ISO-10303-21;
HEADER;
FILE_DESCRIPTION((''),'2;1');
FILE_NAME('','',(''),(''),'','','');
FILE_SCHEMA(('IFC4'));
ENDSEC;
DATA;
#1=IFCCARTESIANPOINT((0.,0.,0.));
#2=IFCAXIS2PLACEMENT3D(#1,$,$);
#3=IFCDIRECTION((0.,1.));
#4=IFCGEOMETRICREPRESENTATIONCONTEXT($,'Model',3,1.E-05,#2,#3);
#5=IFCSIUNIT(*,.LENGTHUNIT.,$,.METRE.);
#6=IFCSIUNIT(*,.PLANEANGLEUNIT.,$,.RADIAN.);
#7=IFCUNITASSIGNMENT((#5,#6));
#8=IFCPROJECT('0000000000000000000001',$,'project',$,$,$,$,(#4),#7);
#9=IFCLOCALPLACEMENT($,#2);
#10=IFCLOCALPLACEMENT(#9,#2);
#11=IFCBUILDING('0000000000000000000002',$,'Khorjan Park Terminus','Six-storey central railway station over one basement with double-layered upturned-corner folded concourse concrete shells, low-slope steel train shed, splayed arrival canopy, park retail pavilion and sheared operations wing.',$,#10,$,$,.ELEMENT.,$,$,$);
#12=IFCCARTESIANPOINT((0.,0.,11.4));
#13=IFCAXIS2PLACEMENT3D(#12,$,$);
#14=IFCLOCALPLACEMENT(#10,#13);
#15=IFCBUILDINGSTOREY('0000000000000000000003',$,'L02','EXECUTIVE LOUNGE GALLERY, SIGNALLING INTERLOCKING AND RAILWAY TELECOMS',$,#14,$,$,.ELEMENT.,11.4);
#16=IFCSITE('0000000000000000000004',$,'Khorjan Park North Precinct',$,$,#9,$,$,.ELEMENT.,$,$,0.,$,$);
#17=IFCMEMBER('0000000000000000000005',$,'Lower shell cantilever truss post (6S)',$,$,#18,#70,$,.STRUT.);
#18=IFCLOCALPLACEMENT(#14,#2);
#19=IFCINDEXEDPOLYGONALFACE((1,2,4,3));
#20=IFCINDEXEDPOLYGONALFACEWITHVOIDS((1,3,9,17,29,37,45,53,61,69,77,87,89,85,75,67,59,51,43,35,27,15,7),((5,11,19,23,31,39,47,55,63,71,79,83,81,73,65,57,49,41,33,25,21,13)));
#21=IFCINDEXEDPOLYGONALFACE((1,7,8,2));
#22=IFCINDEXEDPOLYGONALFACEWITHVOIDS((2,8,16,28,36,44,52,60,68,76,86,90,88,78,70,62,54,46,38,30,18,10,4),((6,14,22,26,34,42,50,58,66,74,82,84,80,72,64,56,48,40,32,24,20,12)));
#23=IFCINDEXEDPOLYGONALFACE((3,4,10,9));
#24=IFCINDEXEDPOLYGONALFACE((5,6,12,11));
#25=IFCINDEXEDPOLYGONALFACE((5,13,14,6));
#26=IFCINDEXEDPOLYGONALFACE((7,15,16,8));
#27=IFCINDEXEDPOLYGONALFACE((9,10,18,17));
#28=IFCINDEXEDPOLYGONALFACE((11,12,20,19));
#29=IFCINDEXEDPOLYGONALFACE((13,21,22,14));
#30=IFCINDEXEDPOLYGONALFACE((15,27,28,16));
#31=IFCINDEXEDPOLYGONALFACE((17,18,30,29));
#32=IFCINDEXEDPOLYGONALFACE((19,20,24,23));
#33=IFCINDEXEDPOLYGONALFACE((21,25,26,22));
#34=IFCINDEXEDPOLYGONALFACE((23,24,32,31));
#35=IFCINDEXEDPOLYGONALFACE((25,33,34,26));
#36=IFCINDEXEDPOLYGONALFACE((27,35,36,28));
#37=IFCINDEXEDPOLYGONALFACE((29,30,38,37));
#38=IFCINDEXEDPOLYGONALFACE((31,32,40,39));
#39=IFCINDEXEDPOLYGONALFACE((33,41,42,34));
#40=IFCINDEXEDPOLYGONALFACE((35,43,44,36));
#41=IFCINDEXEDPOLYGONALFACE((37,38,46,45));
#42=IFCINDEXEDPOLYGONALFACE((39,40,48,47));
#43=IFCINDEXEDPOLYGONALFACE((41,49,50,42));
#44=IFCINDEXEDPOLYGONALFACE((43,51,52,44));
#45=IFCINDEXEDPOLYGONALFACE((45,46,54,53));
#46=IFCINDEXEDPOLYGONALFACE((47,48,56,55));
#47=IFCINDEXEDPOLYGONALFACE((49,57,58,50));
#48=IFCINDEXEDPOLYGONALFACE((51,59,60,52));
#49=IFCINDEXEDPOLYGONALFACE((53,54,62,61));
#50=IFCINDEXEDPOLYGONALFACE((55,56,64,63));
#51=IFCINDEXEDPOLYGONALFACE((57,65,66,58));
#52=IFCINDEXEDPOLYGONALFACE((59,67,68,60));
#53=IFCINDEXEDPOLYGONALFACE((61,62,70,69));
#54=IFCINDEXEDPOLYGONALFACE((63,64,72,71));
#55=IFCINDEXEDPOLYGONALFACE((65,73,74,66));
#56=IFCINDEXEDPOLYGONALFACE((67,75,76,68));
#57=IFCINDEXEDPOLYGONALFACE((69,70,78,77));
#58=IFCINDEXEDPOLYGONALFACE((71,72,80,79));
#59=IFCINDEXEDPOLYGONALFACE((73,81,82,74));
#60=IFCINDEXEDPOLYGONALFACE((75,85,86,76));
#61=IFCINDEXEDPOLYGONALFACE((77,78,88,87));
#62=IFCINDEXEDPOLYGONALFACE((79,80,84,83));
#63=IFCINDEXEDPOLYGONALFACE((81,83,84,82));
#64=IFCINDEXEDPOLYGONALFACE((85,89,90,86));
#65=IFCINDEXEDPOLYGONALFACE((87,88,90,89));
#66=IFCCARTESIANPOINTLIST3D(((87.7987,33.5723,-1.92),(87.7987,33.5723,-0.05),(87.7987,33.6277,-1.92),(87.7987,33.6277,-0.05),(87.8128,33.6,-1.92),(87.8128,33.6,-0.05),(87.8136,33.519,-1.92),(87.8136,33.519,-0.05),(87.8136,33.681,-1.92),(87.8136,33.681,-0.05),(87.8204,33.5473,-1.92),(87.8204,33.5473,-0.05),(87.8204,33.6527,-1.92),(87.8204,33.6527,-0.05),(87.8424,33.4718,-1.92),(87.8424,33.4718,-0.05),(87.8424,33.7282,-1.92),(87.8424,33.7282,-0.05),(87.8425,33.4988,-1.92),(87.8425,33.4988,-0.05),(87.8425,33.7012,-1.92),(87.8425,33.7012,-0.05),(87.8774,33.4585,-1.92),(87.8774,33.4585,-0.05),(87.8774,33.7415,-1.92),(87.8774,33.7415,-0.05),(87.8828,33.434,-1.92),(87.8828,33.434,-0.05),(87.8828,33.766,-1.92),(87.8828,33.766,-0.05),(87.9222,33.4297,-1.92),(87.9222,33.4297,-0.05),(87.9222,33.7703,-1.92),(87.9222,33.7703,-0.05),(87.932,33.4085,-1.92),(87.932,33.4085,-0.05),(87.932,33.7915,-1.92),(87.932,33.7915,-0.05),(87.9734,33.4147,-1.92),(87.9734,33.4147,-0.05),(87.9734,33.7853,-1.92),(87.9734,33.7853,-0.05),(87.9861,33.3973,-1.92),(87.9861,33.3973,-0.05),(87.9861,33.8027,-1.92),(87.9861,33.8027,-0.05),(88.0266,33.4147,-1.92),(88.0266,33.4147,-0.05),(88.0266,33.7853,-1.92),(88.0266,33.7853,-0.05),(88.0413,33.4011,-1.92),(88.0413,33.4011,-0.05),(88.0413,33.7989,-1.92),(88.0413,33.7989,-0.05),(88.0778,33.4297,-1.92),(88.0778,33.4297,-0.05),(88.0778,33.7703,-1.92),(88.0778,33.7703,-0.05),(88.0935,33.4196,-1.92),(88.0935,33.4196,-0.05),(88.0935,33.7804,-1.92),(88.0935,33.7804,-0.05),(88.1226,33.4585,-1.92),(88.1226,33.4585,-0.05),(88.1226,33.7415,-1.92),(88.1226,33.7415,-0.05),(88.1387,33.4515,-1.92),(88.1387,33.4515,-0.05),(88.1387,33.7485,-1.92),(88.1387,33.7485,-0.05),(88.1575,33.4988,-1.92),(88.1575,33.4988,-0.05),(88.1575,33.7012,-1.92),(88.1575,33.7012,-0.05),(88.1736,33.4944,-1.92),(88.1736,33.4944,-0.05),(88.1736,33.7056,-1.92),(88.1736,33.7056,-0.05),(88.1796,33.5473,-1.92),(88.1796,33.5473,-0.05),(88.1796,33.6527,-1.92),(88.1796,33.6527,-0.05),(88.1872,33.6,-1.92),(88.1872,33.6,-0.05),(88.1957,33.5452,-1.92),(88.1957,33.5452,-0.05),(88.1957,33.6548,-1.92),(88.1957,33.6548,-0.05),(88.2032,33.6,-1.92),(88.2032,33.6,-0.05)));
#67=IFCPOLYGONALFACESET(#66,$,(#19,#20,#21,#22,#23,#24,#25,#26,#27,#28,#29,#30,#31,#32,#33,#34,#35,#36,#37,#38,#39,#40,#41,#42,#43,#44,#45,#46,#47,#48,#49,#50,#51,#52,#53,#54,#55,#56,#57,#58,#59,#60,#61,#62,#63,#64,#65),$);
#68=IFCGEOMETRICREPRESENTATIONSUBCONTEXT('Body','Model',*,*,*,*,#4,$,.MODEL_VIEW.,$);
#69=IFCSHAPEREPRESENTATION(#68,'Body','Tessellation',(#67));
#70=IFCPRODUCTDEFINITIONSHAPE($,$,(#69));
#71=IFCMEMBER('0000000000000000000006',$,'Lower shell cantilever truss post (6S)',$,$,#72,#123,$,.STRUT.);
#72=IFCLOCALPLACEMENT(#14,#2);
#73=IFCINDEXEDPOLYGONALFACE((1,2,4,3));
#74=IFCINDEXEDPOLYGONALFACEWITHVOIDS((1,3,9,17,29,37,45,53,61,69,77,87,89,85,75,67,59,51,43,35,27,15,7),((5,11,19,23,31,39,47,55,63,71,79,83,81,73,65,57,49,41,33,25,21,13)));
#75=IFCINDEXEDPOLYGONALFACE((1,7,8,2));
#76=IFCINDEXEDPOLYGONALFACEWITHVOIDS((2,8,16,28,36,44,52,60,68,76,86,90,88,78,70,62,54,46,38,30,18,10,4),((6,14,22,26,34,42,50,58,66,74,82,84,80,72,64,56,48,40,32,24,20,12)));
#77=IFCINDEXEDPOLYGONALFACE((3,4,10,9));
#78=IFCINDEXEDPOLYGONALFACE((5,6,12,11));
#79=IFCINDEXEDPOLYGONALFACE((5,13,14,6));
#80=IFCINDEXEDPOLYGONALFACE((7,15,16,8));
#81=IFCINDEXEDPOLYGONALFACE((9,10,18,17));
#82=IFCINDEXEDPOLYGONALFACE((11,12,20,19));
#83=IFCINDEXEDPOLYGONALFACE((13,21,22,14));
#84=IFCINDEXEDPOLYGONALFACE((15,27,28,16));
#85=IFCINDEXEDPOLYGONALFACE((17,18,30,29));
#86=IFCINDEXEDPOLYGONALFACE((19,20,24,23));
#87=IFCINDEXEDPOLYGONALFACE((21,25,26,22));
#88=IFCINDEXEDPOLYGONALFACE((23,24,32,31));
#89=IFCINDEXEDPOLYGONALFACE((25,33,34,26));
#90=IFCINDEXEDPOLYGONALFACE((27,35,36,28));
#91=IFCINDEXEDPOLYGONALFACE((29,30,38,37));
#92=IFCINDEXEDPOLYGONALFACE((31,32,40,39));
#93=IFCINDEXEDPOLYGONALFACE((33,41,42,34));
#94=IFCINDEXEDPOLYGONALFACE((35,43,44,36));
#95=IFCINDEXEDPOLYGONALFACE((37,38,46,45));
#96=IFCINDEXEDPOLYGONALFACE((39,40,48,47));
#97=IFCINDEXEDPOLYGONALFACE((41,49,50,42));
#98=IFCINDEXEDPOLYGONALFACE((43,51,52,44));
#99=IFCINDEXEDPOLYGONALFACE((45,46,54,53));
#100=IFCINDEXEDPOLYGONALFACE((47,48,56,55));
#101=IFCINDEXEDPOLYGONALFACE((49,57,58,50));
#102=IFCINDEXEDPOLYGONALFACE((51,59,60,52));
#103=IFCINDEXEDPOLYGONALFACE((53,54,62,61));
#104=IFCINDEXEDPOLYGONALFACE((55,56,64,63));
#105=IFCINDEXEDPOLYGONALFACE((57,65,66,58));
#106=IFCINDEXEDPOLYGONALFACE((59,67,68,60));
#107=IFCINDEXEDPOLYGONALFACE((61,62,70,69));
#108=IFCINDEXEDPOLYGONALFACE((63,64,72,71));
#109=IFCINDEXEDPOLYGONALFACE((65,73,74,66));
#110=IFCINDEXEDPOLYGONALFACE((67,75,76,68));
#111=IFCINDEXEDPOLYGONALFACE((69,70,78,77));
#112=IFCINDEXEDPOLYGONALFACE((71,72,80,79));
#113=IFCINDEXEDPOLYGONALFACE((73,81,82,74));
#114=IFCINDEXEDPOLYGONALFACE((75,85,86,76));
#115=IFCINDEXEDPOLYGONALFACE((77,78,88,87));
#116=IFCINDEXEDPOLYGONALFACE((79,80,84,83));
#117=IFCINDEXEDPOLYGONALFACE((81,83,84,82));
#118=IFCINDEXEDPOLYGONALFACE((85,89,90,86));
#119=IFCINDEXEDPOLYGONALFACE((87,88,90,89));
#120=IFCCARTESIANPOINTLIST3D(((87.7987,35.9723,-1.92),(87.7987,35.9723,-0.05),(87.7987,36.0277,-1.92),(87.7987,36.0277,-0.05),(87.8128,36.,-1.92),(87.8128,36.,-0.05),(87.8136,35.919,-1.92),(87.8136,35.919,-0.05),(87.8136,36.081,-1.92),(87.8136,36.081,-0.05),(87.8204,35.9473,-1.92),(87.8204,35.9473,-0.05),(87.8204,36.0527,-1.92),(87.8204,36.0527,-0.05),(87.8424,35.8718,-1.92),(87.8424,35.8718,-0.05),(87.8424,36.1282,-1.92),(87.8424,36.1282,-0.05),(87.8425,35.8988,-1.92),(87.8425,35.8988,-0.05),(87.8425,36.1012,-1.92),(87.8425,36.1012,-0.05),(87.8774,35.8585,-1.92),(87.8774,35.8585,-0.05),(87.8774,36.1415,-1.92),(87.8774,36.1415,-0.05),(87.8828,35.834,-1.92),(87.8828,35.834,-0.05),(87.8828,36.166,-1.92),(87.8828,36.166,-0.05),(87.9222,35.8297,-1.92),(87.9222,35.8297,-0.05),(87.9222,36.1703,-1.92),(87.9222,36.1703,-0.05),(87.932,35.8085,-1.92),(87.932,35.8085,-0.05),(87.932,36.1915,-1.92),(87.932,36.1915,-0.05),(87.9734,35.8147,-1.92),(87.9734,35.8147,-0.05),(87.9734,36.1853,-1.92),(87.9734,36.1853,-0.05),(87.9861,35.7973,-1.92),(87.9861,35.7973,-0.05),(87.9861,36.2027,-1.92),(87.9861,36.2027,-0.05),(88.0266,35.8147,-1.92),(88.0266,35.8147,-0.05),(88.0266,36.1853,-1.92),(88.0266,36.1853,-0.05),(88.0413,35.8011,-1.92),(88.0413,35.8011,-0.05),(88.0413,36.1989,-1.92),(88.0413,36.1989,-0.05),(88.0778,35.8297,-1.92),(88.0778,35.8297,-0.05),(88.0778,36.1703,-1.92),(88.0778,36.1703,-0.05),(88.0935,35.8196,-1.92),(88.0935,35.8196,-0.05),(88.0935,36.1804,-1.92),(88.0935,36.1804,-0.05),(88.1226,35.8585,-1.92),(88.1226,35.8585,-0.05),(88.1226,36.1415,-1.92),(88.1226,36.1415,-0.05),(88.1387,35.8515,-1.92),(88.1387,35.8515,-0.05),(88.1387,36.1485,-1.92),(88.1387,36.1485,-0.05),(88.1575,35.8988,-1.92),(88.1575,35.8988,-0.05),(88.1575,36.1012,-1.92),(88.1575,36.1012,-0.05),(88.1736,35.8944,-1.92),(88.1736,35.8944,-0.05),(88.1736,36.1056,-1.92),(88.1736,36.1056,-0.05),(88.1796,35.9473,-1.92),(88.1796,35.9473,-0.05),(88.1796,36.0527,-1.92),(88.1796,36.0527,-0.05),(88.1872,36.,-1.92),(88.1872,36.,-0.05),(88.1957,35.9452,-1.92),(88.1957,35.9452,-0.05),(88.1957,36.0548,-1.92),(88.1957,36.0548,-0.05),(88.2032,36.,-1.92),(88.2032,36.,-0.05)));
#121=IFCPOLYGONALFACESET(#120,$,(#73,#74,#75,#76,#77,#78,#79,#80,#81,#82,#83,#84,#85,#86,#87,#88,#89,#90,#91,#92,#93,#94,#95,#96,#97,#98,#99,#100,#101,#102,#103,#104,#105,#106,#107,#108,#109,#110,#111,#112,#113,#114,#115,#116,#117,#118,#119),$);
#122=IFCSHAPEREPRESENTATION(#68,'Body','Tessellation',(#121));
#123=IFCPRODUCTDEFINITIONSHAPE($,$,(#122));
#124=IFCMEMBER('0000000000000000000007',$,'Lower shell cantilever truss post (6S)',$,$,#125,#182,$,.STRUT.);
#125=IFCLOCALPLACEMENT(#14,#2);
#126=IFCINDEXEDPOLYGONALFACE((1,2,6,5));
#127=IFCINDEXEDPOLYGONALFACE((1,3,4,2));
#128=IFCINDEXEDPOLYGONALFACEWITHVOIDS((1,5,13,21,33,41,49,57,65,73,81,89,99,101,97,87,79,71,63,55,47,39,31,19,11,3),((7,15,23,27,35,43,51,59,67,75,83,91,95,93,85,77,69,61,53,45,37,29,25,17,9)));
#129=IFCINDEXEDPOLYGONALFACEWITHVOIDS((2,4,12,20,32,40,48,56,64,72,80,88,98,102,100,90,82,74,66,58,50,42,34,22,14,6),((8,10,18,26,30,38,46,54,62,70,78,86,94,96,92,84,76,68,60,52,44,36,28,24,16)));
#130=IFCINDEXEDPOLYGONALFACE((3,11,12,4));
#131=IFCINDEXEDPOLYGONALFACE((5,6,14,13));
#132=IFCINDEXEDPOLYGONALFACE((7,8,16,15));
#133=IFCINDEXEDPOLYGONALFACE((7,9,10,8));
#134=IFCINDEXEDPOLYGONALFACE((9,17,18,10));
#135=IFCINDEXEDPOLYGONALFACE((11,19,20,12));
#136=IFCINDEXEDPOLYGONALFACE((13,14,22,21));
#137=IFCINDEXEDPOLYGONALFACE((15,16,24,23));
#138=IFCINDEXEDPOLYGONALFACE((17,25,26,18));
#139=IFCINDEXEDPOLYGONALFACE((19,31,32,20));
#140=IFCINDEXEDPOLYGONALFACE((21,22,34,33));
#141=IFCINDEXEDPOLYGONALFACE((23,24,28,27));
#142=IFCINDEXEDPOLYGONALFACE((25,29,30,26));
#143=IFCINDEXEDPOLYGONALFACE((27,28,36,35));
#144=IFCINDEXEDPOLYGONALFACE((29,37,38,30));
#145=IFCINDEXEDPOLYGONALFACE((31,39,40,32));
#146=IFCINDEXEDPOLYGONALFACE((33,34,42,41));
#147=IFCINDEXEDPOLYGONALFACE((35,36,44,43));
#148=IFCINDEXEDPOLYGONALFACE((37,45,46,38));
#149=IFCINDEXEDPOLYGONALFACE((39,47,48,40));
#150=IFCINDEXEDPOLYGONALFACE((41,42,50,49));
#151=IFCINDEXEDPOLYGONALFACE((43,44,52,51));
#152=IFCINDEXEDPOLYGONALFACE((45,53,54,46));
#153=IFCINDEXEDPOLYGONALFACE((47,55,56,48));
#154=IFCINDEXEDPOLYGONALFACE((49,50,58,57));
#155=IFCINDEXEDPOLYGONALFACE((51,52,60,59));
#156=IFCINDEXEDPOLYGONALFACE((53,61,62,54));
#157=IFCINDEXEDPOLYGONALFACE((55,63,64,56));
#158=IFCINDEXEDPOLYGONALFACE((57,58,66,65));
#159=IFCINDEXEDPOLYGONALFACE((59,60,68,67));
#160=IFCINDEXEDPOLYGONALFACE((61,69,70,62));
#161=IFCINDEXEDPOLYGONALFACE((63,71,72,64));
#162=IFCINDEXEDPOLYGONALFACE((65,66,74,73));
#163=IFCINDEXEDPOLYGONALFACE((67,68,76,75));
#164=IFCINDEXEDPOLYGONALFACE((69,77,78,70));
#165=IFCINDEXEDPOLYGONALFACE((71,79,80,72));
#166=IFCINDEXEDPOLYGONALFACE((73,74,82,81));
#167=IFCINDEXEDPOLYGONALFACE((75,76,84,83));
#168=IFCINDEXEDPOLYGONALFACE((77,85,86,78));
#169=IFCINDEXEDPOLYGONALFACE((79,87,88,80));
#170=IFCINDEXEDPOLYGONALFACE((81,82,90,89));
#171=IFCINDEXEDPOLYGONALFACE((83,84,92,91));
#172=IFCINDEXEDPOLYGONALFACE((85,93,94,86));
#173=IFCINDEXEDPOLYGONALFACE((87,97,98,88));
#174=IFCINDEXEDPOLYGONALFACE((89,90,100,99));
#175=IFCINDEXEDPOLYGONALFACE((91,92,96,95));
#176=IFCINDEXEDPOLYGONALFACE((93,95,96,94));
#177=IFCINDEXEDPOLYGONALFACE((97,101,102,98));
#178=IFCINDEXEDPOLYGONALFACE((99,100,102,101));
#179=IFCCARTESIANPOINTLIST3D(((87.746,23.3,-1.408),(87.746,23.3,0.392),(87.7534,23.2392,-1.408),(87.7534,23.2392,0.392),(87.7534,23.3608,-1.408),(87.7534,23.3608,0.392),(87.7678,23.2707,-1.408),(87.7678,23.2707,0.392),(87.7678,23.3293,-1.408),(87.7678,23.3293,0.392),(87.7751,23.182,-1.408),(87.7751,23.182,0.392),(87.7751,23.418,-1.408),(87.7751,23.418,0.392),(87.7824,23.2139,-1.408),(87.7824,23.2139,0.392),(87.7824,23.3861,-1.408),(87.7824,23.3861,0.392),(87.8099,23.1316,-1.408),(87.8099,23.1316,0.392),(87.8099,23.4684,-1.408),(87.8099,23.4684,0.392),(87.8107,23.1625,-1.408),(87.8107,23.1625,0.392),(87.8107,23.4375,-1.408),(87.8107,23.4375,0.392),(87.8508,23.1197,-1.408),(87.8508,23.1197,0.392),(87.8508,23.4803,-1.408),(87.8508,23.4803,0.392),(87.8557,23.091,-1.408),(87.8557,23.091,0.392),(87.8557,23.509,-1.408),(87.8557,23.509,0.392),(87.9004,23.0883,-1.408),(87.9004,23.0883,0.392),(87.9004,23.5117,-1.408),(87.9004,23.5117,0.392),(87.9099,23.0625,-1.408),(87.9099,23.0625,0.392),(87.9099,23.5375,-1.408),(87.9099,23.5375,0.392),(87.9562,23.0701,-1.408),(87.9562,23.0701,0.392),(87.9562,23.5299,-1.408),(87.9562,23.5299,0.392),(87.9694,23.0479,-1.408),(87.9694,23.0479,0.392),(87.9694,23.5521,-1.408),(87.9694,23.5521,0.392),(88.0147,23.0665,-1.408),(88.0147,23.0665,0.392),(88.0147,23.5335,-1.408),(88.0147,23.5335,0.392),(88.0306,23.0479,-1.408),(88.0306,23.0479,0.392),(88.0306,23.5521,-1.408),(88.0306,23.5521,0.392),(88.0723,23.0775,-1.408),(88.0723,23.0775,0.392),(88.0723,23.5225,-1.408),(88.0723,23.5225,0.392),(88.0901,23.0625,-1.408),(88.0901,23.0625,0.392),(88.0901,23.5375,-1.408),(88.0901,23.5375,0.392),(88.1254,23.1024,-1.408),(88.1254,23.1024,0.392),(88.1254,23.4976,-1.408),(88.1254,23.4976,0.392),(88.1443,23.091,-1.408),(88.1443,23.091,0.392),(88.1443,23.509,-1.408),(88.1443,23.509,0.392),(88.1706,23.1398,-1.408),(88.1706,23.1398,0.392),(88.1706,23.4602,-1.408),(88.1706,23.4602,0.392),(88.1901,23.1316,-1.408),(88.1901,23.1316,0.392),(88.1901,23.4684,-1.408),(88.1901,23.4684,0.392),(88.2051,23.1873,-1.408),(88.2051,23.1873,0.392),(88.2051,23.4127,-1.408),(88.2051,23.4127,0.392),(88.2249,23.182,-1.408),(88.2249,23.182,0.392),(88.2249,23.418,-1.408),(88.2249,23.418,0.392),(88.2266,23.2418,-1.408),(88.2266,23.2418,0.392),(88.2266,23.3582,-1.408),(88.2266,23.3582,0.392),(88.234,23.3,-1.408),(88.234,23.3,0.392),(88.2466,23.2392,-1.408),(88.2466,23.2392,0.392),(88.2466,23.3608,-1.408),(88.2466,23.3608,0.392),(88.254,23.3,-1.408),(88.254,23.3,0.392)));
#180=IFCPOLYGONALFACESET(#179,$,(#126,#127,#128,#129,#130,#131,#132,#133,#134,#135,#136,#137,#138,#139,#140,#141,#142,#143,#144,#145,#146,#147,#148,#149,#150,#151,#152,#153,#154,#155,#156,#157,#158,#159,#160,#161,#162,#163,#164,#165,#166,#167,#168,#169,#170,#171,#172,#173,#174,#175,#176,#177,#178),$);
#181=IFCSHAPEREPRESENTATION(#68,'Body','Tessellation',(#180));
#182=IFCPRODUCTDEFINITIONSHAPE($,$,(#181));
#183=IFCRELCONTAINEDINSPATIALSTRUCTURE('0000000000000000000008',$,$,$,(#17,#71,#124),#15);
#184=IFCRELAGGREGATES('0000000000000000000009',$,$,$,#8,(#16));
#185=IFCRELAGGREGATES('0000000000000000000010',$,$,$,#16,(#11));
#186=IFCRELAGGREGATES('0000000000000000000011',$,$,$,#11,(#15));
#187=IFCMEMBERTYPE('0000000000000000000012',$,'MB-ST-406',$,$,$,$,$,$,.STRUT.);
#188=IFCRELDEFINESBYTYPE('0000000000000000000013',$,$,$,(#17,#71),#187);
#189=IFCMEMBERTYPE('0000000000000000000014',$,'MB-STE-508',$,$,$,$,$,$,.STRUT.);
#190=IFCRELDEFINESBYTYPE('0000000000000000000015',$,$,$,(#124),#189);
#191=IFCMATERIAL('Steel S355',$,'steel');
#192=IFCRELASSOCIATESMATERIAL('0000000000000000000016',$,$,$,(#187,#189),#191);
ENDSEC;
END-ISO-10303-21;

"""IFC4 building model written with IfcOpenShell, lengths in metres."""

from ifc_helpers import new_model, si_unit, direction, frame, origin, origin_2d, place, context, subcontext, project, spatial, hollow_circle, extrude, material, material_profile, profile_set, type_object, element, save


model = new_model("IFC4")

# Units and contexts
model_context = context("Model", 3, precision=1e-05, world=origin(), true_north=direction((0.0, 1.0)))
body_context = subcontext(model_context, "Body", "Model", "MODEL_VIEW")
ifc_project = project(units=[si_unit("LENGTHUNIT", "METRE"), si_unit("PLANEANGLEUNIT", "RADIAN")], contexts=[model_context])

# Site, building, storey
site_placement = place(None, origin())
site = spatial("IfcSite", under=ifc_project, at=site_placement, Name="Khorjan Park North Precinct", CompositionType="ELEMENT", RefElevation=0.0)
building_placement = place(site_placement, origin())
building = spatial("IfcBuilding", under=site, at=building_placement, Name="Khorjan Park Terminus", Description="Six-storey central railway station over one basement with double-layered upturned-corner folded concourse concrete shells, low-slope steel train shed, splayed arrival canopy, park retail pavilion and sheared operations wing.", CompositionType="ELEMENT")
storey_placement = place(building_placement, frame((0.0, 0.0, 11.4)))
storey = spatial("IfcBuildingStorey", under=building, at=storey_placement, Name="L02", Description="EXECUTIVE LOUNGE GALLERY, SIGNALLING INTERLOCKING AND RAILWAY TELECOMS", CompositionType="ELEMENT", Elevation=11.4)

# Members
ifc_material_1 = material(Name="Steel S355", Category="steel")
ifc_material_profile_1 = material_profile(ifc_material_1, hollow_circle(Radius=0.2032, WallThickness=0.016, at=origin_2d()), Name="CHS 406.4x16")
ifc_profile_set_1 = profile_set([ifc_material_profile_1], Name="Steel S355")
member_type_1 = type_object("IfcMemberType", Name="MB-ST-406", PredefinedType="STRUT", material=ifc_profile_set_1)
for number, where, z_axis, x_axis, name in (
    (1, (88.0, 33.6, -1.92), (0.0, 0.0, 1.0), (1.0, 0.0, 0.0), "Lower shell cantilever truss post (6S)"),
    (2, (88.0, 36.0, -1.92), (0.0, 0.0, 1.0), (1.0, 0.0, 0.0), "Lower shell cantilever truss post (6S)"),
):
    element("IfcMember", number, at=place(storey_placement, frame(where, z_axis=z_axis, x_axis=x_axis)), inside=storey, type_object=member_type_1, Name=name, PredefinedType="STRUT", context=body_context, shape_type="SweptSolid", body=[
        extrude(hollow_circle(Radius=0.2032, WallThickness=0.016, at=origin_2d()), origin(), (0.0, 0.0, 1.0), 1.87),
    ])
ifc_material_profile_2 = material_profile(ifc_material_1, hollow_circle(Radius=0.254, WallThickness=0.02, at=origin_2d()), Name="CHS 508x20")
ifc_profile_set_2 = profile_set([ifc_material_profile_2], Name="Steel S355")
member_type_2 = type_object("IfcMemberType", Name="MB-STE-508", PredefinedType="STRUT", material=ifc_profile_set_2)
member_1_placement = place(storey_placement, frame((88.0, 23.3, -1.408), z_axis=(0.0, 0.0, 1.0), x_axis=(1.0, 0.0, 0.0)))
element("IfcMember", 3, at=member_1_placement, inside=storey, type_object=member_type_2, Name="Lower shell cantilever truss post (6S)", PredefinedType="STRUT", context=body_context, shape_type="SweptSolid", body=[
    extrude(hollow_circle(Radius=0.254, WallThickness=0.02, at=origin_2d()), origin(), (0.0, 0.0, 1.0), 1.8),
])

save(model, "model.ifc")
